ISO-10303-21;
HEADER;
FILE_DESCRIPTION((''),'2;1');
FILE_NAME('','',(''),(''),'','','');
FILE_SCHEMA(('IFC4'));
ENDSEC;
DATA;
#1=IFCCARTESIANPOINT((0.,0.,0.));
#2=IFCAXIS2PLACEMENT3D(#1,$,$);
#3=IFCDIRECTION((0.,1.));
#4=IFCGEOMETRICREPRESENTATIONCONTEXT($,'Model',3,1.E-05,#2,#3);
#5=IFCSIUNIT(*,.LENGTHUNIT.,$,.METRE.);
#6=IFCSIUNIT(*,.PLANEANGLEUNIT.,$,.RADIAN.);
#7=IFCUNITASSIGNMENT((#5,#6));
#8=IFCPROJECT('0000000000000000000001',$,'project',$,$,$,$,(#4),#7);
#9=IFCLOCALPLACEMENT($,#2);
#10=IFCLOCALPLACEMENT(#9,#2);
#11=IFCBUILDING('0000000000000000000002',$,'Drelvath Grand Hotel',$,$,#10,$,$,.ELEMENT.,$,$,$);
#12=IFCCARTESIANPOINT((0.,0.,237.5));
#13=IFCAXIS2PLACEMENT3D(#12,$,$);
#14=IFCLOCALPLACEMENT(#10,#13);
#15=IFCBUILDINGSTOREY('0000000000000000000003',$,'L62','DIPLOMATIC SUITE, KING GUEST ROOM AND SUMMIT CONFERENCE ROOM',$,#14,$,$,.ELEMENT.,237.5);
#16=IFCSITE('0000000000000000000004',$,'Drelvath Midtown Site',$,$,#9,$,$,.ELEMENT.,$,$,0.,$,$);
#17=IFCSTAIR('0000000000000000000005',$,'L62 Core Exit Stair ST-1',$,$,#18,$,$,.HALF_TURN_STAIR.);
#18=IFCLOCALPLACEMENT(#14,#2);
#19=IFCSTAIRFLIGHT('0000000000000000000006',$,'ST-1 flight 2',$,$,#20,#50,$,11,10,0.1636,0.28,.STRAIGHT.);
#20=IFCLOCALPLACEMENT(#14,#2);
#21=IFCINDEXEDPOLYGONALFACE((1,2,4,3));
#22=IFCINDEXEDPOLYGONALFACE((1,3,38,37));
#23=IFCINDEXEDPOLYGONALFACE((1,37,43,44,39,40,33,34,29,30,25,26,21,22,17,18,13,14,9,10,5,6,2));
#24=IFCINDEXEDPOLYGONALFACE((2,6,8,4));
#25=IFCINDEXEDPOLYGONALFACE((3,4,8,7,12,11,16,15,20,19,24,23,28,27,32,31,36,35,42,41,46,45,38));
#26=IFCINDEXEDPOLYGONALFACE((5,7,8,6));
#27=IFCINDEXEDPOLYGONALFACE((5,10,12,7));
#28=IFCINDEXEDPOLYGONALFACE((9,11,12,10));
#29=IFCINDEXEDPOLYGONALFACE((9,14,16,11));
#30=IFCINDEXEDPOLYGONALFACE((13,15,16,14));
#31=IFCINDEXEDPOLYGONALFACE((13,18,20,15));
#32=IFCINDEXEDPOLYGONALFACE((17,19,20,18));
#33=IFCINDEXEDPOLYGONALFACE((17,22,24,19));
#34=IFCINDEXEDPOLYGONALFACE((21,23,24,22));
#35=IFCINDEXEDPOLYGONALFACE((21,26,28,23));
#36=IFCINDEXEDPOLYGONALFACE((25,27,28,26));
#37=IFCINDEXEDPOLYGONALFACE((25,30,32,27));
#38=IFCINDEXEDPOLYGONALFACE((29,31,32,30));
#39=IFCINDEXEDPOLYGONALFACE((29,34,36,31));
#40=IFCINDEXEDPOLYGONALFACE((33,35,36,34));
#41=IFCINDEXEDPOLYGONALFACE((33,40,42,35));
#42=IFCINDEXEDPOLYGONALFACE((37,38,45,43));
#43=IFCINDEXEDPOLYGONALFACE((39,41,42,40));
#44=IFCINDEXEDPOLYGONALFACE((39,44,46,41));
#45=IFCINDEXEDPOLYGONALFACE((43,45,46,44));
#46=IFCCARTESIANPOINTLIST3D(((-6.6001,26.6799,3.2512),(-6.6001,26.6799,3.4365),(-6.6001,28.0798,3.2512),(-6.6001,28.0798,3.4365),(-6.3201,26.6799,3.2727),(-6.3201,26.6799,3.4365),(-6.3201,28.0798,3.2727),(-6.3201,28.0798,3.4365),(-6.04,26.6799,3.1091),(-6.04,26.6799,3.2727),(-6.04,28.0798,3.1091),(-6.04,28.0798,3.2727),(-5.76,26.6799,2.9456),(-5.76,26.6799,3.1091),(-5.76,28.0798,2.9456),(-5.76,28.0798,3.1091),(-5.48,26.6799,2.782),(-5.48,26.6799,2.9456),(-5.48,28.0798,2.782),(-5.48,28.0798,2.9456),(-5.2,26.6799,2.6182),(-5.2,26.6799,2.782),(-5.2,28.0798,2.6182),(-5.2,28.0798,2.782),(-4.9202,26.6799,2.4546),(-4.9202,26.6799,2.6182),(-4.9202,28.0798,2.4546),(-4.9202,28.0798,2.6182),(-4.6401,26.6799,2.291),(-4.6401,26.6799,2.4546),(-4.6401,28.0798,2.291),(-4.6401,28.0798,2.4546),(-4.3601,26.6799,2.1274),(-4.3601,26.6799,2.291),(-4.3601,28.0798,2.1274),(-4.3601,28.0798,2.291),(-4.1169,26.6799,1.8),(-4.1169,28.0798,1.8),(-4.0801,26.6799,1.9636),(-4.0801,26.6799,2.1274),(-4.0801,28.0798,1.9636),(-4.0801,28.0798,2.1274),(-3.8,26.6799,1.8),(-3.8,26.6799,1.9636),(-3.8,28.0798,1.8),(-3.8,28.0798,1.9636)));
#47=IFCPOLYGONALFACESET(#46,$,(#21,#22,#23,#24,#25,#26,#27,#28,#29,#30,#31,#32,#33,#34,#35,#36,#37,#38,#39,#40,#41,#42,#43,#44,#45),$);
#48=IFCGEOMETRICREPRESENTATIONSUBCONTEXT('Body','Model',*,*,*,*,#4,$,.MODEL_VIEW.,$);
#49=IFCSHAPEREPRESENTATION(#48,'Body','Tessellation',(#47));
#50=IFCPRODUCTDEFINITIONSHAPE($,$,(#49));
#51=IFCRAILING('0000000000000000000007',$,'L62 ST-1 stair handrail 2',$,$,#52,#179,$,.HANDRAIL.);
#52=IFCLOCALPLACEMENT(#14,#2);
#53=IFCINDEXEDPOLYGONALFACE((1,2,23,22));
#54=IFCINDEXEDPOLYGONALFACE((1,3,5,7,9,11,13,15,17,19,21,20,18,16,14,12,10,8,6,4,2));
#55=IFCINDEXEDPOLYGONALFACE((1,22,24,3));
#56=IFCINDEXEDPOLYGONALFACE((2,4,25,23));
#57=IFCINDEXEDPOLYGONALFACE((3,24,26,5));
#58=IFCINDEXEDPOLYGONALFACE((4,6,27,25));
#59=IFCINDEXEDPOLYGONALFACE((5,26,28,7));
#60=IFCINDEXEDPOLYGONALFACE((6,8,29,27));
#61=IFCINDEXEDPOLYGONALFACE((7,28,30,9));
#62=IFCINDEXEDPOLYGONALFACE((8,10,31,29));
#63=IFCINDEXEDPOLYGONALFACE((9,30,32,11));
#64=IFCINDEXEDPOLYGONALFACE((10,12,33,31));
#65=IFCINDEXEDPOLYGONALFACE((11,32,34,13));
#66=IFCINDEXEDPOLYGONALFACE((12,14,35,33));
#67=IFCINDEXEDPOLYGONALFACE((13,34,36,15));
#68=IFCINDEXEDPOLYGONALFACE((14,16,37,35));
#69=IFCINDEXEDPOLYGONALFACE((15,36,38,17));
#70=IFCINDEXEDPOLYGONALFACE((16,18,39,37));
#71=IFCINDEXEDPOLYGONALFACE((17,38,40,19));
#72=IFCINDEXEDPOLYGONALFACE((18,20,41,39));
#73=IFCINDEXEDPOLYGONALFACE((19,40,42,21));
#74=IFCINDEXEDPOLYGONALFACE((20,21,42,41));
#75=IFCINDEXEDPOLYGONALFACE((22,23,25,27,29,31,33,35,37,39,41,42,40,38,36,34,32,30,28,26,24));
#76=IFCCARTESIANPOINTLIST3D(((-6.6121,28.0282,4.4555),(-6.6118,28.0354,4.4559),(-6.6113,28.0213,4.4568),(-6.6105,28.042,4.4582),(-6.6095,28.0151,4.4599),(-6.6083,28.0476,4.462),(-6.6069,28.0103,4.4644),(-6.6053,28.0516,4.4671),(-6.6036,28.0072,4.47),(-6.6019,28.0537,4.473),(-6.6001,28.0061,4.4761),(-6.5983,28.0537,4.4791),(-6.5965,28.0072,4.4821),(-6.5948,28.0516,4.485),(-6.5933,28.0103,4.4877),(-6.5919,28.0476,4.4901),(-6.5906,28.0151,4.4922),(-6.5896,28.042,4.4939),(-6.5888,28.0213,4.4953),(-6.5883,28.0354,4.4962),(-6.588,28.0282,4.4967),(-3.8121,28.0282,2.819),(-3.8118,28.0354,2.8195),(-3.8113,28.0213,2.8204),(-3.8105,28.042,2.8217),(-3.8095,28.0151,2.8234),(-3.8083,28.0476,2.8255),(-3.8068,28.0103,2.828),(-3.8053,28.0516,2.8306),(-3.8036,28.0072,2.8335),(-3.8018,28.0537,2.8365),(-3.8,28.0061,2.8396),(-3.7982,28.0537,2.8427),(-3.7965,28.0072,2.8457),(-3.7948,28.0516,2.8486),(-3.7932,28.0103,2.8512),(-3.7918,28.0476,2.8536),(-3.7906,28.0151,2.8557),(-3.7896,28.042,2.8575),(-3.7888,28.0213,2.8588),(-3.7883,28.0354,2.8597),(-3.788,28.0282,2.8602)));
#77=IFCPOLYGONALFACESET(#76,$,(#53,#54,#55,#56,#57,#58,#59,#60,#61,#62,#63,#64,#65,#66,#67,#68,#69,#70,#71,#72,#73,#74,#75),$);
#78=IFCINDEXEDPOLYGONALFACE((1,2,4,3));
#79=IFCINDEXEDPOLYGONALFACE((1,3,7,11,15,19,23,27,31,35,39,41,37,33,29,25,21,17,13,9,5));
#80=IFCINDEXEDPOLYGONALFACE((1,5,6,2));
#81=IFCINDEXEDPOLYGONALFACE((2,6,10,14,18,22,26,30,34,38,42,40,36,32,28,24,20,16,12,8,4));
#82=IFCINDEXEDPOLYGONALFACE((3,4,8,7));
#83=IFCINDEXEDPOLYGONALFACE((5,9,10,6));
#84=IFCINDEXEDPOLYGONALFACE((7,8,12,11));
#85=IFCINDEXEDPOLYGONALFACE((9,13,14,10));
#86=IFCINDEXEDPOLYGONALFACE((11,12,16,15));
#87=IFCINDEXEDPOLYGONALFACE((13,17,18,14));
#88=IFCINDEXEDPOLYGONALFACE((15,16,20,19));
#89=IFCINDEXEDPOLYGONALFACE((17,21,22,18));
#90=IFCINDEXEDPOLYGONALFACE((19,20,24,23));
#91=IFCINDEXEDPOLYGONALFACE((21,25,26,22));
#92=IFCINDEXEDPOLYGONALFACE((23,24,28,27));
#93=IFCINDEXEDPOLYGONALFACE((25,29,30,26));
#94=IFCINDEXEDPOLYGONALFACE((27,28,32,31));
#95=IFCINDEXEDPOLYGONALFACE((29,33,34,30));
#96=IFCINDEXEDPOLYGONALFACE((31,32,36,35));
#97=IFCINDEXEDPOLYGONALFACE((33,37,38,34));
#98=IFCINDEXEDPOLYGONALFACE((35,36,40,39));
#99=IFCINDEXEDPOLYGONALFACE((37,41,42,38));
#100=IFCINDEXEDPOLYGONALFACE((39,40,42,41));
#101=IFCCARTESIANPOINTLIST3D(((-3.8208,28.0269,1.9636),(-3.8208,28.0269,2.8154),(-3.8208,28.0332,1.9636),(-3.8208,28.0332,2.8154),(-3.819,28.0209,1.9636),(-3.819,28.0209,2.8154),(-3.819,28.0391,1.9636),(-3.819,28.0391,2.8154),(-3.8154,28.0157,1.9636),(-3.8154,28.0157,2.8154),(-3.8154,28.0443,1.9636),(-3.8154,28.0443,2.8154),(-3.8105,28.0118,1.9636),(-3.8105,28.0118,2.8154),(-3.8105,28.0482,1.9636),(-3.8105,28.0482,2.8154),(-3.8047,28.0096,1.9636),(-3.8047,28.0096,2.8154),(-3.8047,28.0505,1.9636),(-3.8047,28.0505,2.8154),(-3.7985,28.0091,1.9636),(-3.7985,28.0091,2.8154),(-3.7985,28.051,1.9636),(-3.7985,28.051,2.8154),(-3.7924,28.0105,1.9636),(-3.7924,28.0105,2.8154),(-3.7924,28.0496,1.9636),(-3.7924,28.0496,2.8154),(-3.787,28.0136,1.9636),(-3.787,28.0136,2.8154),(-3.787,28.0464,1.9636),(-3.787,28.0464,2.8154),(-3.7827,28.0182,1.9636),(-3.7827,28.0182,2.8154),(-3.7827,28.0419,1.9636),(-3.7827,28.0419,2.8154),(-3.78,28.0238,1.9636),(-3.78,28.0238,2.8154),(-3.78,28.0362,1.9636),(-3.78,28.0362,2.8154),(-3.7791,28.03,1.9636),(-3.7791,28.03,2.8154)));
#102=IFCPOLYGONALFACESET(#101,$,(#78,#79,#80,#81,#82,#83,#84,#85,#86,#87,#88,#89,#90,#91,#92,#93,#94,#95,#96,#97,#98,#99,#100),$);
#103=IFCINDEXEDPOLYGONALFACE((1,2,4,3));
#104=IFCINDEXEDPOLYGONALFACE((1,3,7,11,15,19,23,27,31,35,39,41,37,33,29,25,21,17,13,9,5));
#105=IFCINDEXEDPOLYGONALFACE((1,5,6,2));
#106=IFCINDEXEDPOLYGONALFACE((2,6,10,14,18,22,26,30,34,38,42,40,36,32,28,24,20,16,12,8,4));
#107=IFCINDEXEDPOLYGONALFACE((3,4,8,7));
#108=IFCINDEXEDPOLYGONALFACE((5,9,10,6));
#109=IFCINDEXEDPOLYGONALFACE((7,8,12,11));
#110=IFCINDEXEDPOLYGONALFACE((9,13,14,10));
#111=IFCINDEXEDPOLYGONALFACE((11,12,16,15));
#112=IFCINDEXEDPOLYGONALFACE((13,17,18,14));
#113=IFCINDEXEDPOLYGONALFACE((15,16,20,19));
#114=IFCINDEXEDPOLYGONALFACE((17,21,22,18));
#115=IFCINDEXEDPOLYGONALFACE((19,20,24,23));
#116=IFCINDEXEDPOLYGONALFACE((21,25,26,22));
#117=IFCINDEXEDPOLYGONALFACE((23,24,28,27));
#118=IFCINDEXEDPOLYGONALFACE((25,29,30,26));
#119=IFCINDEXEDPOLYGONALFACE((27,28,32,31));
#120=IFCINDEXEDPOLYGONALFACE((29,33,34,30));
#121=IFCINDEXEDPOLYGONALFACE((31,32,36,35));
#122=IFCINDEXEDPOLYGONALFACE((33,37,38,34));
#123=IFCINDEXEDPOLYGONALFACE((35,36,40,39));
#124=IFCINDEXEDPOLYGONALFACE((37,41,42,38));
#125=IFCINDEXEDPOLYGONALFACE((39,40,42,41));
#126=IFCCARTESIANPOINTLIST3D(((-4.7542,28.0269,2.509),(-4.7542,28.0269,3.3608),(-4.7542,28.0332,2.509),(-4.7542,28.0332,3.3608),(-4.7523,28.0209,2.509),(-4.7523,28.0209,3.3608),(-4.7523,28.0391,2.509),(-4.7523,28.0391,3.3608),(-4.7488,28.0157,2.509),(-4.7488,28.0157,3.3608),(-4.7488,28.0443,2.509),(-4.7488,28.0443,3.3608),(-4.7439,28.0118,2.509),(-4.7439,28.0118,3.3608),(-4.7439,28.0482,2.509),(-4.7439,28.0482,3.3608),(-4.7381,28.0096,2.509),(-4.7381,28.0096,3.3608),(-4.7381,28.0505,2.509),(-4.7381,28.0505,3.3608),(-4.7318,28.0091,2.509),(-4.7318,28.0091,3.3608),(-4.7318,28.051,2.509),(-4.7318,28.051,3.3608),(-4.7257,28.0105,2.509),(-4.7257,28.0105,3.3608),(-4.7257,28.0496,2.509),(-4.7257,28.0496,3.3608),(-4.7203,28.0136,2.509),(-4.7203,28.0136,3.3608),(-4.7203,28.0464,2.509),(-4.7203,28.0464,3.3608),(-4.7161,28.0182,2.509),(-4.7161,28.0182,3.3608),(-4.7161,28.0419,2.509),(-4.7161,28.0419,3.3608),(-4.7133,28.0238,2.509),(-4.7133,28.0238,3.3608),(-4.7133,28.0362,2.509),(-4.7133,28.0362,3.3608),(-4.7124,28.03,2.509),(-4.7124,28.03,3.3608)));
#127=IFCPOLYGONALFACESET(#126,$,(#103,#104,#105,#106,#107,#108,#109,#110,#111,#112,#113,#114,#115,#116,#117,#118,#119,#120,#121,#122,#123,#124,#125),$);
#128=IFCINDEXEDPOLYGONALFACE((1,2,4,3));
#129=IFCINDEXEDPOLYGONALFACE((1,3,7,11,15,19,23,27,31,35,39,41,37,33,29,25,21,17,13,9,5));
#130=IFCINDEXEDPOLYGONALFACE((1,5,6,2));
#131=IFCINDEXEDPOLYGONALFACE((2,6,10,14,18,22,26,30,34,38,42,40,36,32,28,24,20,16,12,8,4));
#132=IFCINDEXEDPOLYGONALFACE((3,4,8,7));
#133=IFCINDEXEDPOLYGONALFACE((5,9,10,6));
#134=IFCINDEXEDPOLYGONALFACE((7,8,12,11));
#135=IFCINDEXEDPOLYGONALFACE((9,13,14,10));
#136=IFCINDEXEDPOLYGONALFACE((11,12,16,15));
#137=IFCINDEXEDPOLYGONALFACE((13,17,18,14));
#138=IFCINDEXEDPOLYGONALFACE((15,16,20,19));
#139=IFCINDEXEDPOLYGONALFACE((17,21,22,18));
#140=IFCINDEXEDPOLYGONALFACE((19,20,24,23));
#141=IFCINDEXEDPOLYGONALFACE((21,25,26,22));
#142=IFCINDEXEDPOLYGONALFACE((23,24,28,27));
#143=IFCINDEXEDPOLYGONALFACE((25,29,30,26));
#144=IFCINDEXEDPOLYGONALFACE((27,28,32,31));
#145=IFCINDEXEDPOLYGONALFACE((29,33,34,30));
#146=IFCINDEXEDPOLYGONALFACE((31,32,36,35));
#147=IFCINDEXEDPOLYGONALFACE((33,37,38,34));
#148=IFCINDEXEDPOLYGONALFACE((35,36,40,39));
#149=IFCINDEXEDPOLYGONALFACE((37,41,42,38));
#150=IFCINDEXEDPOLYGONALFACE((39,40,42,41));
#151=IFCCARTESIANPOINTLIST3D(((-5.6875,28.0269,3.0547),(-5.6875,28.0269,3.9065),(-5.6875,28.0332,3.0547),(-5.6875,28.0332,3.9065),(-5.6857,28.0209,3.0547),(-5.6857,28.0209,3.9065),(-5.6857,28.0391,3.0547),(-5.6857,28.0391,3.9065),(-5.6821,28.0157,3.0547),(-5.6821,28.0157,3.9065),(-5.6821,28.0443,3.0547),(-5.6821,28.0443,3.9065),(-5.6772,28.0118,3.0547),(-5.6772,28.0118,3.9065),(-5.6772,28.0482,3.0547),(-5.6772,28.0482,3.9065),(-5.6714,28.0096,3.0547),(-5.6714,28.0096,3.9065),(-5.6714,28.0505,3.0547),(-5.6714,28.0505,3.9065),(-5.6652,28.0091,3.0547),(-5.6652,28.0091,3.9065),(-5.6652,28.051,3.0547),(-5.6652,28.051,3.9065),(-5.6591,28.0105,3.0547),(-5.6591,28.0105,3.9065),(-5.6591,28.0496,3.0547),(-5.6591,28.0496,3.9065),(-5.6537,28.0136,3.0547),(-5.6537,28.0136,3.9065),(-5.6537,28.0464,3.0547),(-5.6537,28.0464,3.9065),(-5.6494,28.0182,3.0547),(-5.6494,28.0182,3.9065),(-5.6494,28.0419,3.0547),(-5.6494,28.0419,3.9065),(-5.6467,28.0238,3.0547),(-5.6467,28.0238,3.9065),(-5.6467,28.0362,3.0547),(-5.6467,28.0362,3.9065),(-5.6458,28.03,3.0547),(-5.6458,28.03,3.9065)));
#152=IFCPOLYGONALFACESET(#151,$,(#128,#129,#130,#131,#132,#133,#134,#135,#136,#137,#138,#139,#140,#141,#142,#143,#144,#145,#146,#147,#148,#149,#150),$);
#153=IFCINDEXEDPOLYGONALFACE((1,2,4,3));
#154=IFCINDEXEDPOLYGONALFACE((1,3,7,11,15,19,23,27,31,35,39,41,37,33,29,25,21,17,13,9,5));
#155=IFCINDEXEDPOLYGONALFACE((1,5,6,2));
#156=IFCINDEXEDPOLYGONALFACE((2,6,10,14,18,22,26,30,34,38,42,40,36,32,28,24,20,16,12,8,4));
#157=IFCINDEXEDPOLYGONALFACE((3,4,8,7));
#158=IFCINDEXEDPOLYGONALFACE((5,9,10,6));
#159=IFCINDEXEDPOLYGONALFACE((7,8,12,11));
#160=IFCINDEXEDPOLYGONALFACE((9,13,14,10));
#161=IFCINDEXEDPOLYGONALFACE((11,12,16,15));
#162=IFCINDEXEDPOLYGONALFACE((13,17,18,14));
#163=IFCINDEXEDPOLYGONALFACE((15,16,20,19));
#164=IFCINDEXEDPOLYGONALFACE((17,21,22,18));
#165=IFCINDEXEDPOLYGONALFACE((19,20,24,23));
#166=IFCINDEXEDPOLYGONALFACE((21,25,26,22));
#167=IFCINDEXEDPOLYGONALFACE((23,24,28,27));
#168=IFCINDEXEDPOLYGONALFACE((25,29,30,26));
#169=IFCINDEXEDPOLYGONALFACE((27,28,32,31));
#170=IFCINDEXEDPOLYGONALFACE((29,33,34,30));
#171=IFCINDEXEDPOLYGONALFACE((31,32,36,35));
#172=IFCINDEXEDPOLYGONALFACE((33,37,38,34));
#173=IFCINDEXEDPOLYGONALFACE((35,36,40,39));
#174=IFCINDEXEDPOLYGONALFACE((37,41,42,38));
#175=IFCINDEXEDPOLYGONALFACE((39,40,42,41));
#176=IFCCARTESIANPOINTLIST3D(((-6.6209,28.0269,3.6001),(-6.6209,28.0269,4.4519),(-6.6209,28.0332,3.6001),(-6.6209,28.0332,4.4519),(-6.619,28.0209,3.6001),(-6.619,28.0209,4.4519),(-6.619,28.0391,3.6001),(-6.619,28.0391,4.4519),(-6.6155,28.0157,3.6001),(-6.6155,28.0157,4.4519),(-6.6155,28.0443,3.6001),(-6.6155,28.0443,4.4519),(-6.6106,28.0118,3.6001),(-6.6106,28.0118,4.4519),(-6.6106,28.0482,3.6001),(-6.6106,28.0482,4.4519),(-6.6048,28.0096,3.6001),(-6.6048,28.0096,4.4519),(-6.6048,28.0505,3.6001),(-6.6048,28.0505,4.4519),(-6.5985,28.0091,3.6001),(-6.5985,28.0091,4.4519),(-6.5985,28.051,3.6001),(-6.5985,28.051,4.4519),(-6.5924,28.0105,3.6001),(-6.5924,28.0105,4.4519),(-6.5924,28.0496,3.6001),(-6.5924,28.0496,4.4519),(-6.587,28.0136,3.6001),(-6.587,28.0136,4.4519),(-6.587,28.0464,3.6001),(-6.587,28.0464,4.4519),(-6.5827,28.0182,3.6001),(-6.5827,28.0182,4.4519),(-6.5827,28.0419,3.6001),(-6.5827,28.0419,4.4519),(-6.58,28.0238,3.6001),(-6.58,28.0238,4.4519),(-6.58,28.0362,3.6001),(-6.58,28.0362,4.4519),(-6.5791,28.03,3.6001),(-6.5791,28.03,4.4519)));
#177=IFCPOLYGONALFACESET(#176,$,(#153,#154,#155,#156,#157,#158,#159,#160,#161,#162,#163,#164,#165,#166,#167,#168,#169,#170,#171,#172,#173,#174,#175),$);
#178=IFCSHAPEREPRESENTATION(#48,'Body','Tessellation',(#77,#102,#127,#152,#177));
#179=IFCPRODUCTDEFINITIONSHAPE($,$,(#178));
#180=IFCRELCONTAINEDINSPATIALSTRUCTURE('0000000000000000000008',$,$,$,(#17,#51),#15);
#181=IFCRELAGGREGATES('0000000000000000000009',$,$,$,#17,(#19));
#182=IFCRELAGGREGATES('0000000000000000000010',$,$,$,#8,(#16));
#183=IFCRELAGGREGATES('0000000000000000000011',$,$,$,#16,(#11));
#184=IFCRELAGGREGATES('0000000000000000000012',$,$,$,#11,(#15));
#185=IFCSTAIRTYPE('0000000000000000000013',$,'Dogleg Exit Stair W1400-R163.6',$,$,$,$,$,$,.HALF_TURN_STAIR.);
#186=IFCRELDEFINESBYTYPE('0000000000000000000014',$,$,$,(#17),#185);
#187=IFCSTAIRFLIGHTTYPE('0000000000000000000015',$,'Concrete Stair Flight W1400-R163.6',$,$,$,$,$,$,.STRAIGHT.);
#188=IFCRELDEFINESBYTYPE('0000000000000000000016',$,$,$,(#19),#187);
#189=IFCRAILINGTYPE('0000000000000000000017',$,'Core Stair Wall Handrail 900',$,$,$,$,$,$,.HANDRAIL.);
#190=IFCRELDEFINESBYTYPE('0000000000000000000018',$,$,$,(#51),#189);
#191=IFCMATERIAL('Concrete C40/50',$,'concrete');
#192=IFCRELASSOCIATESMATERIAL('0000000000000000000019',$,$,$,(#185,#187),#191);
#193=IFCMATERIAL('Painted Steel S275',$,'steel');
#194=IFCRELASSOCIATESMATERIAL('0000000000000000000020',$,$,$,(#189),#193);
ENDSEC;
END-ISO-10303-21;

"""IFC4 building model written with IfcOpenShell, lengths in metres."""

from ifc_helpers import new_model, si_unit, direction, frame, origin, origin_2d, place, context, subcontext, project, spatial, polyline, circle, outline, extrude, material, type_object, element, aggregate, save


model = new_model("IFC4")

# Units and contexts
model_context = context("Model", 3, precision=1e-05, world=origin(), true_north=direction((0.0, 1.0)))
body_context = subcontext(model_context, "Body", "Model", "MODEL_VIEW")
ifc_project = project(units=[si_unit("LENGTHUNIT", "METRE"), si_unit("PLANEANGLEUNIT", "RADIAN")], contexts=[model_context])

# Site, building, storey
site_placement = place(None, origin())
site = spatial("IfcSite", under=ifc_project, at=site_placement, Name="Drelvath Midtown Site", CompositionType="ELEMENT", RefElevation=0.0)
building_placement = place(site_placement, origin())
building = spatial("IfcBuilding", under=site, at=building_placement, Name="Drelvath Grand Hotel", CompositionType="ELEMENT")
storey_placement = place(building_placement, frame((0.0, 0.0, 237.5)))
storey = spatial("IfcBuildingStorey", under=building, at=storey_placement, Name="L62", Description="DIPLOMATIC SUITE, KING GUEST ROOM AND SUMMIT CONFERENCE ROOM", CompositionType="ELEMENT", Elevation=237.5)

# Shared definitions
ifc_material_1 = material(Name="Painted Steel S275", Category="steel")

# Shared definitions
ifc_material_2 = material(Name="Concrete C40/50", Category="concrete")

# Stair, stair flight
stair_type = type_object("IfcStairType", Name="Dogleg Exit Stair W1400-R163.6", PredefinedType="HALF_TURN_STAIR", material=ifc_material_2)
stair_placement = place(storey_placement, origin())
stair = element("IfcStair", 1, at=stair_placement, inside=storey, type_object=stair_type, Name="L62 Core Exit Stair ST-1", PredefinedType="HALF_TURN_STAIR")
stair_flight_type = type_object("IfcStairFlightType", Name="Concrete Stair Flight W1400-R163.6", PredefinedType="STRAIGHT", material=ifc_material_2)
stair_flight_placement = place(storey_placement, frame((-3.8, 27.3799, 1.8), z_axis=(0.0, 0.0, 1.0), x_axis=(-1.0, 0.0, 0.0)))
stair_flight = element("IfcStairFlight", 2, at=stair_flight_placement, type_object=stair_flight_type, Name="ST-1 flight 2", NumberOfRisers=11, NumberOfTreads=10, PredefinedType="STRAIGHT", RiserHeight=0.1636, TreadLength=0.28, context=body_context, shape_type="SweptSolid", body=[
    extrude(outline(polyline([(0.0, 0.0), (0.0, 0.1636), (0.28, 0.1636), (0.28, 0.3274), (0.5601, 0.3274), (0.5601, 0.491), (0.8401, 0.491), (0.8401, 0.6545), (1.1201, 0.6545), (1.1201, 0.8181), (1.3999, 0.8181), (1.3999, 0.9819), (1.6799, 0.9819), (1.6799, 1.1455), (1.96, 1.1455), (1.96, 1.3091), (2.24, 1.3091), (2.24, 1.4727), (2.52, 1.4727), (2.52, 1.6365), (2.8, 1.6365), (2.8, 1.8), (2.8, 1.4512), (0.3169, 0.0), (0.0, 0.0)])), frame((0.0, 0.7, 0.0), z_axis=(0.0, -1.0, 0.0), x_axis=(1.0, 0.0, 0.0)), (0.0, 0.0, 1.0), 1.3999),
])
aggregate(stair, [stair_flight])

# Railing
railing_type = type_object("IfcRailingType", Name="Core Stair Wall Handrail 900", PredefinedType="HANDRAIL", material=ifc_material_1)
railing_placement = place(storey_placement, frame((-3.8, 28.03, 1.9636)))
element("IfcRailing", 3, at=railing_placement, inside=storey, type_object=railing_type, Name="L62 ST-1 stair handrail 2", PredefinedType="HANDRAIL", context=body_context, shape_type="SweptSolid", body=[
    extrude(circle(Radius=0.0239, at=origin_2d()), frame((0.0, 0.0, 0.876), z_axis=(-0.863361, 0.0, 0.504587), x_axis=(0.0, -1.0, 0.0)), (0.0, 0.0, 1.0), 3.2432),
    extrude(circle(Radius=0.021, at=origin_2d()), origin(), (0.0, 0.0, 1.0), 0.8518),
    extrude(circle(Radius=0.021, at=origin_2d()), frame((-0.9333, 0.0, 0.5454)), (0.0, 0.0, 1.0), 0.8518),
    extrude(circle(Radius=0.021, at=origin_2d()), frame((-1.8667, 0.0, 1.0911)), (0.0, 0.0, 1.0), 0.8518),
    extrude(circle(Radius=0.021, at=origin_2d()), frame((-2.8, 0.0, 1.6365)), (0.0, 0.0, 1.0), 0.8518),
])

save(model, "model.ifc")
